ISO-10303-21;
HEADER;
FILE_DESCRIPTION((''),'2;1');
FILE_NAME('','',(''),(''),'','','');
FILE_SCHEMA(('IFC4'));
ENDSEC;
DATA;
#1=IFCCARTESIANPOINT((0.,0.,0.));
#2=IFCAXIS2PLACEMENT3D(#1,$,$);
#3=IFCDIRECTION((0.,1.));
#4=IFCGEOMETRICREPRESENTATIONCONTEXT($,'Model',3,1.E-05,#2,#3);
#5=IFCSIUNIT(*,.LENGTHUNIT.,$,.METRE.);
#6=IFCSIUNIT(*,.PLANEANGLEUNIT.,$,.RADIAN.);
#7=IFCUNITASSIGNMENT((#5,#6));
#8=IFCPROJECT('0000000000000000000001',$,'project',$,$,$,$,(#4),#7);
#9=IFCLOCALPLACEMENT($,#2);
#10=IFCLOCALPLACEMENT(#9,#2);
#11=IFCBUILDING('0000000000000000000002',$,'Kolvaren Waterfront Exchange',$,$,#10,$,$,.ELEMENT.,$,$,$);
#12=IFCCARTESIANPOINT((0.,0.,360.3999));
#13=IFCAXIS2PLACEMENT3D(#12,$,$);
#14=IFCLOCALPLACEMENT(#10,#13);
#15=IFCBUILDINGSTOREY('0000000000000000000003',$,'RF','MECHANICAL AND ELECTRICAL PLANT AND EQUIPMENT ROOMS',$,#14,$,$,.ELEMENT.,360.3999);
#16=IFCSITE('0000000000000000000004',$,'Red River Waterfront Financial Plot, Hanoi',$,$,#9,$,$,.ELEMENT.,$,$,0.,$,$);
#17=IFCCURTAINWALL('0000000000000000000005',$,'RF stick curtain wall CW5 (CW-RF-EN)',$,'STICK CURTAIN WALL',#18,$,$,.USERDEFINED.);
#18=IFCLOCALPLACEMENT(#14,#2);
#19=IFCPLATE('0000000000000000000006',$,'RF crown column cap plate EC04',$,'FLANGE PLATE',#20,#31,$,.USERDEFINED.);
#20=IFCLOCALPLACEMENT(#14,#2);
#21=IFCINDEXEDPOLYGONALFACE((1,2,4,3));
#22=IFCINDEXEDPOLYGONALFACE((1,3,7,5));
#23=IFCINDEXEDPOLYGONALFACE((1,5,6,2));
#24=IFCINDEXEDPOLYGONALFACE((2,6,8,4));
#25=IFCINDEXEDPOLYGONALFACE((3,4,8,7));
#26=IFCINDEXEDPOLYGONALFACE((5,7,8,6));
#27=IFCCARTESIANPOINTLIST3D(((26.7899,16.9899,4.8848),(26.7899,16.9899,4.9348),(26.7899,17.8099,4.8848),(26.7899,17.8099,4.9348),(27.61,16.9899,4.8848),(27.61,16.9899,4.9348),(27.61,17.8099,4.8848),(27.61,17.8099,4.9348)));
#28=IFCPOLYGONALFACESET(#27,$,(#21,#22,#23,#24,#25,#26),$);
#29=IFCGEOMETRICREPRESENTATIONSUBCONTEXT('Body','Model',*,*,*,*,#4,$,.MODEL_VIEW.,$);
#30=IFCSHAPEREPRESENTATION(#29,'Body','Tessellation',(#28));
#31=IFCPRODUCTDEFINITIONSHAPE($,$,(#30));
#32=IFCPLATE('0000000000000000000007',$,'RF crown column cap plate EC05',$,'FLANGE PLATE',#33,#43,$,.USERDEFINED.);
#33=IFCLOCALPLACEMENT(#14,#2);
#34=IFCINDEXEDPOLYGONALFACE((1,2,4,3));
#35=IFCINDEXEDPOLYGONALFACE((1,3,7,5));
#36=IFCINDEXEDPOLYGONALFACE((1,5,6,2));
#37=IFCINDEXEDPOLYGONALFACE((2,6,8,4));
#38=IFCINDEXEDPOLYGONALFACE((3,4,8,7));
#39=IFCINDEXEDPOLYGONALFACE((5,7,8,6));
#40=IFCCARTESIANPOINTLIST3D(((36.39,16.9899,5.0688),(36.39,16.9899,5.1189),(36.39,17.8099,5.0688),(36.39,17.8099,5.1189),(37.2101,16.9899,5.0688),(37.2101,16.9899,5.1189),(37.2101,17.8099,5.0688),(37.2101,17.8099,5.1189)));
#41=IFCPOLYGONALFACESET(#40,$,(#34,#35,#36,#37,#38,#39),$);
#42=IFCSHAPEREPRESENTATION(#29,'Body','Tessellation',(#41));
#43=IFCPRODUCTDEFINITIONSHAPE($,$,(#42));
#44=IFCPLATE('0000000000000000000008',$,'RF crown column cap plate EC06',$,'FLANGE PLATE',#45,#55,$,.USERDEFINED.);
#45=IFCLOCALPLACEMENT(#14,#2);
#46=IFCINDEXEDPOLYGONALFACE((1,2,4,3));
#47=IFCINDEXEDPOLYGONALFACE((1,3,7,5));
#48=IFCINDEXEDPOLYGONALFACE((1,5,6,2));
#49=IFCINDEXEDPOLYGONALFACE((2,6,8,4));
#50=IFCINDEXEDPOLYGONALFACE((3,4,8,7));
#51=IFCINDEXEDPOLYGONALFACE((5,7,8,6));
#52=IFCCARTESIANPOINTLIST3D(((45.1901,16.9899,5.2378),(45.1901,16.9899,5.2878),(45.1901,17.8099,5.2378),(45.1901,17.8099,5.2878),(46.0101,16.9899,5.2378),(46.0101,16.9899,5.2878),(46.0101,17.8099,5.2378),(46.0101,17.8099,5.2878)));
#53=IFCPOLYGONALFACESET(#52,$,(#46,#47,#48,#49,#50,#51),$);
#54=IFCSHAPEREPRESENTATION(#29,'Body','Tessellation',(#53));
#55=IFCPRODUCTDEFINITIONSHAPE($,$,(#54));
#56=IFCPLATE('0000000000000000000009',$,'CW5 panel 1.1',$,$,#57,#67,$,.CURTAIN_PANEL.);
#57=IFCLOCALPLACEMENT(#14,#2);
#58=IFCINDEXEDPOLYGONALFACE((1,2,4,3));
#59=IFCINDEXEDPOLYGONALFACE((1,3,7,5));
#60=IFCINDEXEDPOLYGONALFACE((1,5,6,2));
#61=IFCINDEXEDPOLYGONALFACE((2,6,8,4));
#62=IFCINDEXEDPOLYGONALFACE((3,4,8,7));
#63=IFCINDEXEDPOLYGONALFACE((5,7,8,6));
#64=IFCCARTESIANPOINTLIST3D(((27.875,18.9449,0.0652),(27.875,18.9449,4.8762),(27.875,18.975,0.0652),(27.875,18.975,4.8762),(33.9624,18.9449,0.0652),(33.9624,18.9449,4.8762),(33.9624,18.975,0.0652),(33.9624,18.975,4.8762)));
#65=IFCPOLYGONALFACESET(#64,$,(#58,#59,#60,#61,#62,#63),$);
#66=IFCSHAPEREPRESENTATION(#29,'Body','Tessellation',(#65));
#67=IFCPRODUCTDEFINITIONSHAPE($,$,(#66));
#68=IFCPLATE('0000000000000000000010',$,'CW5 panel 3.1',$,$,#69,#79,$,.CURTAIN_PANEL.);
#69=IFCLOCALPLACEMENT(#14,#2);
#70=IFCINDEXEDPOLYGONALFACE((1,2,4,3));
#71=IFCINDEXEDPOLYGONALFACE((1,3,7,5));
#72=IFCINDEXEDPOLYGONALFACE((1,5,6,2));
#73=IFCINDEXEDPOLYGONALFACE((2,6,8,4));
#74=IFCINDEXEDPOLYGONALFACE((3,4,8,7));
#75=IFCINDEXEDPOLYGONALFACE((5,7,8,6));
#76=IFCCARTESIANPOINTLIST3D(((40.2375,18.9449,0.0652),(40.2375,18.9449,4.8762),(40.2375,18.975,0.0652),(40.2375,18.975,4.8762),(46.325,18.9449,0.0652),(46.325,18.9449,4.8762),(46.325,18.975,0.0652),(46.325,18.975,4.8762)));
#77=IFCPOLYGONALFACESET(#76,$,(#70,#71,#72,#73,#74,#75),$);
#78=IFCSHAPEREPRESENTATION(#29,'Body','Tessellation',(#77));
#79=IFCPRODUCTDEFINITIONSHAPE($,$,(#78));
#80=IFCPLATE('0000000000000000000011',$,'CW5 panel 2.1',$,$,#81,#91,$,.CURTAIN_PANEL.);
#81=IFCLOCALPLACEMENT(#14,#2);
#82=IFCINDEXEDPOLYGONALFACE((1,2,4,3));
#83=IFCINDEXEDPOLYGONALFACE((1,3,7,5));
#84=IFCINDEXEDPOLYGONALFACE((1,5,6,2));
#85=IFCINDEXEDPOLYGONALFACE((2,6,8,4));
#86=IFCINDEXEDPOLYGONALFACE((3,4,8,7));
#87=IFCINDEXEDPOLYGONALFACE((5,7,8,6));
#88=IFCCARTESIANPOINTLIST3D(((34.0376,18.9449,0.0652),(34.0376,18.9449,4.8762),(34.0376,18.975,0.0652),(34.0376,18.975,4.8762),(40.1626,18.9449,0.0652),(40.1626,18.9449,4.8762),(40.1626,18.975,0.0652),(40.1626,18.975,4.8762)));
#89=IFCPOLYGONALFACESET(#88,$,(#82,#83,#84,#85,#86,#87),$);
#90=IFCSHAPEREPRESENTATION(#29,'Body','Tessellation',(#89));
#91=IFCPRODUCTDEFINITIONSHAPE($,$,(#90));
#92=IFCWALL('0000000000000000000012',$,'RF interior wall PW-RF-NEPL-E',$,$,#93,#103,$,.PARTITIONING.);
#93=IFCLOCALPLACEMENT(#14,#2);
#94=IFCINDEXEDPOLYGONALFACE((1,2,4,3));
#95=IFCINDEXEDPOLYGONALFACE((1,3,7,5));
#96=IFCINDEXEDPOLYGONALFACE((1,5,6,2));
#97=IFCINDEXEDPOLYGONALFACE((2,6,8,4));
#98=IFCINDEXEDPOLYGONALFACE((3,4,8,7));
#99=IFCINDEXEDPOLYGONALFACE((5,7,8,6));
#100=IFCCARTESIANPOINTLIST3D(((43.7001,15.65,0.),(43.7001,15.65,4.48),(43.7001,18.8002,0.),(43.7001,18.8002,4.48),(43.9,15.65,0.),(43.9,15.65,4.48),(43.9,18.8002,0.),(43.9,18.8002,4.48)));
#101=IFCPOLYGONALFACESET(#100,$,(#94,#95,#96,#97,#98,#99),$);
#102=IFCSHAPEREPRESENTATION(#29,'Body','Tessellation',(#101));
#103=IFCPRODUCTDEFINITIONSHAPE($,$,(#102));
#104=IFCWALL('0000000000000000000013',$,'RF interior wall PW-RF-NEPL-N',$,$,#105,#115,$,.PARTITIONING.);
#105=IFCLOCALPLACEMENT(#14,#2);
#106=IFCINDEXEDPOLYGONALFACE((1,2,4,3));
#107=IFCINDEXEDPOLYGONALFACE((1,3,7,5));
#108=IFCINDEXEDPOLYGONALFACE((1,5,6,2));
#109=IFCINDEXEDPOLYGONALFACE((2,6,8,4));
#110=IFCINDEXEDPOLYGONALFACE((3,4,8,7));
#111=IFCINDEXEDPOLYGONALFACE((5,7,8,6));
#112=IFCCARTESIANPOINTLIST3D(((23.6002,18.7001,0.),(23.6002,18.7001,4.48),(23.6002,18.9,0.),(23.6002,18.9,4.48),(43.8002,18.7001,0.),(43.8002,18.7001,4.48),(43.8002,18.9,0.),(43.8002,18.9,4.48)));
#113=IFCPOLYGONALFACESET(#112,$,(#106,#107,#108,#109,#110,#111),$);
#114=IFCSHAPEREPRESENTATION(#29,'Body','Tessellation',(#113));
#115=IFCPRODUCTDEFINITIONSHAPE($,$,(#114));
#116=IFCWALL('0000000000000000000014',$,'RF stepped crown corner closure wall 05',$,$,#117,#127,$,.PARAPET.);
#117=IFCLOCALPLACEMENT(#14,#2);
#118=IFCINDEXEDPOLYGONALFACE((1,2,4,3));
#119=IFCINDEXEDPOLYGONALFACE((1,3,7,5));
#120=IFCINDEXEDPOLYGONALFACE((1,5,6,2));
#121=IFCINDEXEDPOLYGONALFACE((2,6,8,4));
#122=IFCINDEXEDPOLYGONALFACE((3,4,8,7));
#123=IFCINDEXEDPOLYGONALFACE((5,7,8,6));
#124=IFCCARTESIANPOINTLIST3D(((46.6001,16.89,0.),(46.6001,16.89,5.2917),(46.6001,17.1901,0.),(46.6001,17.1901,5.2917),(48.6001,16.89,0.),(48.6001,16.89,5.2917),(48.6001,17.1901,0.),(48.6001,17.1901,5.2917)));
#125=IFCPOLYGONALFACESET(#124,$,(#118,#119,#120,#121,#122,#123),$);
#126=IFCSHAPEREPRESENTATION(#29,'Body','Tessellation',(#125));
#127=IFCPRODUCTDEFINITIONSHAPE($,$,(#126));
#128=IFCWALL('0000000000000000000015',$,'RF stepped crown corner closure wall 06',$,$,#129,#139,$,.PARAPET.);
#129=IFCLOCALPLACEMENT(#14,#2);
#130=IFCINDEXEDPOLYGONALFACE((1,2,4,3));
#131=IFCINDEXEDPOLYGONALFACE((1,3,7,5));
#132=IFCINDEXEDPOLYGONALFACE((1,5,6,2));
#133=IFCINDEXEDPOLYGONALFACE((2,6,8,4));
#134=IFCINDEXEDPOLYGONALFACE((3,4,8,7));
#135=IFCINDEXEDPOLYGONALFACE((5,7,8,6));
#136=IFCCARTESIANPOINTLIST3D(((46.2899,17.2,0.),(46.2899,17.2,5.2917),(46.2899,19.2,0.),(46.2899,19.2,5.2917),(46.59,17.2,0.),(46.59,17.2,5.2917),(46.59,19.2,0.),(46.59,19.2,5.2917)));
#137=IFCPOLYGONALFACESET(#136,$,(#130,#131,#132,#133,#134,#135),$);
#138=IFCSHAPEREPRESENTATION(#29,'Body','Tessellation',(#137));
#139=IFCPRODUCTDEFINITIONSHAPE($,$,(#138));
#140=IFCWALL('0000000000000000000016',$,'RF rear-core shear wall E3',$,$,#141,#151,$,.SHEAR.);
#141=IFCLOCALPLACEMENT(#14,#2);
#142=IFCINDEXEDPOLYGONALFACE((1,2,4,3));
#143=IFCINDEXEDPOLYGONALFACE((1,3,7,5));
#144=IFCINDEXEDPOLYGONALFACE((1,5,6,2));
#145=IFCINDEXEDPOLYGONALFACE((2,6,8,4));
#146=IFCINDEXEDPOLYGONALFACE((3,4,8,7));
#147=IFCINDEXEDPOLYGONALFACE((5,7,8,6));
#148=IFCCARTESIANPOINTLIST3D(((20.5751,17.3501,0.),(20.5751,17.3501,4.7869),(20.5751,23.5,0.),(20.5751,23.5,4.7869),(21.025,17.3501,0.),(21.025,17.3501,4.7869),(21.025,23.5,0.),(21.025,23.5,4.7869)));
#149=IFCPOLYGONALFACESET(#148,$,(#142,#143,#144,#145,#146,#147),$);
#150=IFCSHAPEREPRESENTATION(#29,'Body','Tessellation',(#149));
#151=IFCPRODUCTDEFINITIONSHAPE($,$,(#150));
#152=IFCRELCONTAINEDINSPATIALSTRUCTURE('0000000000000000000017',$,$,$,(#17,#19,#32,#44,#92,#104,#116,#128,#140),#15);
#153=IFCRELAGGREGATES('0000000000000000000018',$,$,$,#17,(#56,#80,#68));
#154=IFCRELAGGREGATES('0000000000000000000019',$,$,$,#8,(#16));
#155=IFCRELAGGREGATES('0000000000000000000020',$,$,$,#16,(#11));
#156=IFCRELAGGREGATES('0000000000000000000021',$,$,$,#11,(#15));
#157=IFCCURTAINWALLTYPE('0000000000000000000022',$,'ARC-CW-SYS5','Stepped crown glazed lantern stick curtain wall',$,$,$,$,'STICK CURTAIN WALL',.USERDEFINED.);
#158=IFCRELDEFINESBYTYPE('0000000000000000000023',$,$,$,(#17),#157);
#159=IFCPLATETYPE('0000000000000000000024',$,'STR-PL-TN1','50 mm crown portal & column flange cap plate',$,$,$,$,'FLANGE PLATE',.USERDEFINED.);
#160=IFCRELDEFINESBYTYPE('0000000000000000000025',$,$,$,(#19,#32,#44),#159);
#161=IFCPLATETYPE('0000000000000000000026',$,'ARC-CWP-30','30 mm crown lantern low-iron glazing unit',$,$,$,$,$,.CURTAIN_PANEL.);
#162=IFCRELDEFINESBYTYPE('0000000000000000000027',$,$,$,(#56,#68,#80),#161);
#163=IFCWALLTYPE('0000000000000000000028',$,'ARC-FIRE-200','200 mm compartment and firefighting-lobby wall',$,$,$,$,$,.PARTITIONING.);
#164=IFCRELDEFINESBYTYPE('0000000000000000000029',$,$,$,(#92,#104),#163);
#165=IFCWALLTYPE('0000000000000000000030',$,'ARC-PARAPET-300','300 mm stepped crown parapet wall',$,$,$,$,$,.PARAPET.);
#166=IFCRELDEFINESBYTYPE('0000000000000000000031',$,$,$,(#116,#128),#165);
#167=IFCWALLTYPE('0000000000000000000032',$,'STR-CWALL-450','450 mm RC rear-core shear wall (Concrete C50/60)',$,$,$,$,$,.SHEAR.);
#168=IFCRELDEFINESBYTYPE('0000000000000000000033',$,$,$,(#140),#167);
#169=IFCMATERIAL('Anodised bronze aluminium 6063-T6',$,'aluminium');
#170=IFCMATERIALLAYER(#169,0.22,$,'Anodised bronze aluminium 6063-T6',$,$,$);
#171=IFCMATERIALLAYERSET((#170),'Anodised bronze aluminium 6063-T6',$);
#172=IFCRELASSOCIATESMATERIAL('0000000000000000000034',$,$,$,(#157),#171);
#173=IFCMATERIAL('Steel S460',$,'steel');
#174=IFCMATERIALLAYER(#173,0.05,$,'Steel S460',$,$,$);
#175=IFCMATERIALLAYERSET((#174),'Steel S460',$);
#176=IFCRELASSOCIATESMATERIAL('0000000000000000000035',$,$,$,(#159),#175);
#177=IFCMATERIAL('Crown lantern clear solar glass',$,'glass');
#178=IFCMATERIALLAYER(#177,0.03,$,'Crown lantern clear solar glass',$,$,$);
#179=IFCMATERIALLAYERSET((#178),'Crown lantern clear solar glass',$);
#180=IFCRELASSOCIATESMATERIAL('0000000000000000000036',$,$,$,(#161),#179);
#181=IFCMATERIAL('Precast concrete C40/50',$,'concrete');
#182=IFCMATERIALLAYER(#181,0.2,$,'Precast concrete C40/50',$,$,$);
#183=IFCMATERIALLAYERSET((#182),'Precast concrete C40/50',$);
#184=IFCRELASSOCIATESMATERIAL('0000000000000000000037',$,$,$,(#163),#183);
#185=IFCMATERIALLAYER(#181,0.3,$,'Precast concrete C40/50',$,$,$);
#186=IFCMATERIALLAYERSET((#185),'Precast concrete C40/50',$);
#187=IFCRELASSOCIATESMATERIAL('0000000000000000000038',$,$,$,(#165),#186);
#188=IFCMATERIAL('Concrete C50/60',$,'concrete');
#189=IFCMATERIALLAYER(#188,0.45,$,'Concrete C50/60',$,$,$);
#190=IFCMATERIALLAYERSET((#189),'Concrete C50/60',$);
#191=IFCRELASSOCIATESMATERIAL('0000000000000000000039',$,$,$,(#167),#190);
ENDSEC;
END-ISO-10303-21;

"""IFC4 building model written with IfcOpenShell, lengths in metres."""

from ifc_helpers import new_model, si_unit, direction, frame, frame_2d, origin, origin_with_axes, origin_2d, place, context, subcontext, project, spatial, rectangle, extrude, source, transform, mapped, material, layer, layer_set, type_object, element, aggregate, save


model = new_model("IFC4")

# Units and contexts
model_context = context("Model", 3, precision=1e-05, world=origin(), true_north=direction((0.0, 1.0)))
body_context = subcontext(model_context, "Body", "Model", "MODEL_VIEW")
ifc_project = project(units=[si_unit("LENGTHUNIT", "METRE"), si_unit("PLANEANGLEUNIT", "RADIAN")], contexts=[model_context])

# Site, building, storey
site_placement = place(None, origin())
site = spatial("IfcSite", under=ifc_project, at=site_placement, Name="Red River Waterfront Financial Plot, Hanoi", CompositionType="ELEMENT", RefElevation=0.0)
building_placement = place(site_placement, origin())
building = spatial("IfcBuilding", under=site, at=building_placement, Name="Kolvaren Waterfront Exchange", CompositionType="ELEMENT")
storey_placement = place(building_placement, frame((0.0, 0.0, 360.3999)))
storey = spatial("IfcBuildingStorey", under=building, at=storey_placement, Name="RF", Description="MECHANICAL AND ELECTRICAL PLANT AND EQUIPMENT ROOMS", CompositionType="ELEMENT", Elevation=360.3999)

# Shared definitions
ifc_material_1 = material(Name="Concrete C50/60", Category="concrete")

# Curtain wall
ifc_material_2 = material(Name="Anodised bronze aluminium 6063-T6", Category="aluminium")
ifc_layer_1 = layer(ifc_material_2, 0.22, Name="Anodised bronze aluminium 6063-T6")
ifc_layer_set_1 = layer_set([ifc_layer_1], Name="Anodised bronze aluminium 6063-T6")
curtain_wall_type = type_object("IfcCurtainWallType", Name="ARC-CW-SYS5", Description="Stepped crown glazed lantern stick curtain wall", ElementType="STICK CURTAIN WALL", PredefinedType="USERDEFINED", material=ifc_layer_set_1)
curtain_wall_1_placement = place(storey_placement, origin())
curtain_wall_1 = element("IfcCurtainWall", 1, at=curtain_wall_1_placement, inside=storey, type_object=curtain_wall_type, Name="RF stick curtain wall CW5 (CW-RF-EN)", ObjectType="STICK CURTAIN WALL", PredefinedType="USERDEFINED")

# Plates
ifc_material_3 = material(Name="Steel S460", Category="steel")
ifc_layer_2 = layer(ifc_material_3, 0.05, Name="Steel S460")
ifc_layer_set_2 = layer_set([ifc_layer_2], Name="Steel S460")
plate_type_1 = type_object("IfcPlateType", Name="STR-PL-TN1", Description="50 mm crown portal & column flange cap plate", ElementType="FLANGE PLATE", PredefinedType="USERDEFINED", material=ifc_layer_set_2)
shared_shape_1 = source(origin_with_axes(), body_context, "Body", "SweptSolid", [
    extrude(rectangle(XDim=0.8201, YDim=0.8201, at=origin_2d()), origin(), (0.0, 0.0, 1.0), 0.05),
])
for number, where, z_axis, x_axis, name in (
    (2, (27.2, 17.3999, 4.8848), (0.0, 0.0, 1.0), (1.0, 0.0, 0.0), "RF crown column cap plate EC04"),
    (3, (36.8, 17.3999, 5.0688), (0.0, 0.0, 1.0), (1.0, 0.0, 0.0), "RF crown column cap plate EC05"),
    (4, (45.6001, 17.3999, 5.2378), (0.0, 0.0, 1.0), (1.0, 0.0, 0.0), "RF crown column cap plate EC06"),
):
    element("IfcPlate", number, at=place(storey_placement, frame(where, z_axis=z_axis, x_axis=x_axis)), inside=storey, type_object=plate_type_1, Name=name, ObjectType="FLANGE PLATE", PredefinedType="USERDEFINED", context=body_context, shape_type="MappedRepresentation", body=[
        mapped(shared_shape_1, transform((0.0, 0.0, 0.0), x_axis=(1.0, 0.0, 0.0), y_axis=(0.0, 1.0, 0.0), z_axis=(0.0, 0.0, 1.0), scale=1.0)),
    ])

# Plates
ifc_material_4 = material(Name="Crown lantern clear solar glass", Category="glass")
ifc_layer_3 = layer(ifc_material_4, 0.03, Name="Crown lantern clear solar glass")
ifc_layer_set_3 = layer_set([ifc_layer_3], Name="Crown lantern clear solar glass")
plate_type_2 = type_object("IfcPlateType", Name="ARC-CWP-30", Description="30 mm crown lantern low-iron glazing unit", PredefinedType="CURTAIN_PANEL", material=ifc_layer_set_3)
shared_shape_2 = source(origin_with_axes(), body_context, "Body", "SweptSolid", [
    extrude(rectangle(XDim=6.0874, YDim=0.03, at=origin_2d()), origin(), (0.0, 0.0, 1.0), 4.811),
])
plate_1_placement = place(storey_placement, frame((30.9187, 18.96, 0.0652), z_axis=(0.0, 0.0, 1.0), x_axis=(1.0, 0.0, 0.0)))
plate_1 = element("IfcPlate", 5, at=plate_1_placement, type_object=plate_type_2, Name="CW5 panel 1.1", PredefinedType="CURTAIN_PANEL", context=body_context, shape_type="MappedRepresentation", body=[
    mapped(shared_shape_2, transform((0.0, 0.0, 0.0), x_axis=(1.0, 0.0, 0.0), y_axis=(0.0, 1.0, 0.0), z_axis=(0.0, 0.0, 1.0), scale=1.0)),
])
plate_2_placement = place(storey_placement, frame((43.2812, 18.96, 0.0652), z_axis=(0.0, 0.0, 1.0), x_axis=(1.0, 0.0, 0.0)))
plate_2 = element("IfcPlate", 6, at=plate_2_placement, type_object=plate_type_2, Name="CW5 panel 3.1", PredefinedType="CURTAIN_PANEL", context=body_context, shape_type="MappedRepresentation", body=[
    mapped(shared_shape_2, transform((0.0, 0.0, 0.0), x_axis=(1.0, 0.0, 0.0), y_axis=(0.0, 1.0, 0.0), z_axis=(0.0, 0.0, 1.0), scale=1.0)),
])
shared_shape_3 = source(origin_with_axes(), body_context, "Body", "SweptSolid", [
    extrude(rectangle(XDim=6.125, YDim=0.03, at=origin_2d()), origin(), (0.0, 0.0, 1.0), 4.811),
])
plate_3_placement = place(storey_placement, frame((37.1001, 18.96, 0.0652), z_axis=(0.0, 0.0, 1.0), x_axis=(1.0, 0.0, 0.0)))
plate_3 = element("IfcPlate", 7, at=plate_3_placement, type_object=plate_type_2, Name="CW5 panel 2.1", PredefinedType="CURTAIN_PANEL", context=body_context, shape_type="MappedRepresentation", body=[
    mapped(shared_shape_3, transform((0.0, 0.0, 0.0), x_axis=(1.0, 0.0, 0.0), y_axis=(0.0, 1.0, 0.0), z_axis=(0.0, 0.0, 1.0), scale=1.0)),
])
aggregate(curtain_wall_1, [plate_1, plate_3, plate_2])

# Walls
ifc_material_5 = material(Name="Precast concrete C40/50", Category="concrete")
ifc_layer_4 = layer(ifc_material_5, 0.2, Name="Precast concrete C40/50")
ifc_layer_set_4 = layer_set([ifc_layer_4], Name="Precast concrete C40/50")
wall_type_1 = type_object("IfcWallType", Name="ARC-FIRE-200", Description="200 mm compartment and firefighting-lobby wall", PredefinedType="PARTITIONING", material=ifc_layer_set_4)
wall_1_placement = place(storey_placement, frame((43.8, 15.6499, 0.0), z_axis=(0.0, 0.0, 1.0), x_axis=(0.0, 1.0, 0.0)))
element("IfcWall", 8, at=wall_1_placement, inside=storey, type_object=wall_type_1, Name="RF interior wall PW-RF-NEPL-E", PredefinedType="PARTITIONING", context=body_context, shape_type="SweptSolid", body=[
    extrude(rectangle(XDim=3.1501, YDim=0.2, at=frame_2d((1.5752, 0.0))), origin(), (0.0, 0.0, 1.0), 4.48),
])
wall_2_placement = place(storey_placement, frame((23.6001, 18.8, 0.0), z_axis=(0.0, 0.0, 1.0), x_axis=(1.0, 0.0, 0.0)))
element("IfcWall", 9, at=wall_2_placement, inside=storey, type_object=wall_type_1, Name="RF interior wall PW-RF-NEPL-N", PredefinedType="PARTITIONING", context=body_context, shape_type="SweptSolid", body=[
    extrude(rectangle(XDim=20.2, YDim=0.2, at=frame_2d((10.1001, 0.0))), origin(), (0.0, 0.0, 1.0), 4.48),
])
ifc_layer_5 = layer(ifc_material_5, 0.3, Name="Precast concrete C40/50")
ifc_layer_set_5 = layer_set([ifc_layer_5], Name="Precast concrete C40/50")
wall_type_2 = type_object("IfcWallType", Name="ARC-PARAPET-300", Description="300 mm stepped crown parapet wall", PredefinedType="PARAPET", material=ifc_layer_set_5)
for number, where, z_axis, x_axis, name in (
    (10, (48.6001, 17.04, 0.0), (0.0, 0.0, 1.0), (-1.0, 0.0, 0.0), "RF stepped crown corner closure wall 05"),
    (11, (46.4399, 17.2, 0.0), (0.0, 0.0, 1.0), (0.0, 1.0, 0.0), "RF stepped crown corner closure wall 06"),
):
    element("IfcWall", number, at=place(storey_placement, frame(where, z_axis=z_axis, x_axis=x_axis)), inside=storey, type_object=wall_type_2, Name=name, PredefinedType="PARAPET", context=body_context, shape_type="SweptSolid", body=[
        extrude(rectangle(XDim=2.0, YDim=0.3, at=frame_2d((1.0, 0.0))), origin(), (0.0, 0.0, 1.0), 5.2917),
    ])
ifc_layer_6 = layer(ifc_material_1, 0.45, Name="Concrete C50/60")
ifc_layer_set_6 = layer_set([ifc_layer_6], Name="Concrete C50/60")
wall_type_3 = type_object("IfcWallType", Name="STR-CWALL-450", Description="450 mm RC rear-core shear wall (Concrete C50/60)", PredefinedType="SHEAR", material=ifc_layer_set_6)
wall_3_placement = place(storey_placement, frame((20.8, 17.3501, 0.0), z_axis=(0.0, 0.0, 1.0), x_axis=(0.0, 1.0, 0.0)))
element("IfcWall", 12, at=wall_3_placement, inside=storey, type_object=wall_type_3, Name="RF rear-core shear wall E3", PredefinedType="SHEAR", context=body_context, shape_type="SweptSolid", body=[
    extrude(rectangle(XDim=6.1499, YDim=0.45, at=frame_2d((3.075, 0.0))), origin(), (0.0, 0.0, 1.0), 4.7869),
])

save(model, "model.ifc")
